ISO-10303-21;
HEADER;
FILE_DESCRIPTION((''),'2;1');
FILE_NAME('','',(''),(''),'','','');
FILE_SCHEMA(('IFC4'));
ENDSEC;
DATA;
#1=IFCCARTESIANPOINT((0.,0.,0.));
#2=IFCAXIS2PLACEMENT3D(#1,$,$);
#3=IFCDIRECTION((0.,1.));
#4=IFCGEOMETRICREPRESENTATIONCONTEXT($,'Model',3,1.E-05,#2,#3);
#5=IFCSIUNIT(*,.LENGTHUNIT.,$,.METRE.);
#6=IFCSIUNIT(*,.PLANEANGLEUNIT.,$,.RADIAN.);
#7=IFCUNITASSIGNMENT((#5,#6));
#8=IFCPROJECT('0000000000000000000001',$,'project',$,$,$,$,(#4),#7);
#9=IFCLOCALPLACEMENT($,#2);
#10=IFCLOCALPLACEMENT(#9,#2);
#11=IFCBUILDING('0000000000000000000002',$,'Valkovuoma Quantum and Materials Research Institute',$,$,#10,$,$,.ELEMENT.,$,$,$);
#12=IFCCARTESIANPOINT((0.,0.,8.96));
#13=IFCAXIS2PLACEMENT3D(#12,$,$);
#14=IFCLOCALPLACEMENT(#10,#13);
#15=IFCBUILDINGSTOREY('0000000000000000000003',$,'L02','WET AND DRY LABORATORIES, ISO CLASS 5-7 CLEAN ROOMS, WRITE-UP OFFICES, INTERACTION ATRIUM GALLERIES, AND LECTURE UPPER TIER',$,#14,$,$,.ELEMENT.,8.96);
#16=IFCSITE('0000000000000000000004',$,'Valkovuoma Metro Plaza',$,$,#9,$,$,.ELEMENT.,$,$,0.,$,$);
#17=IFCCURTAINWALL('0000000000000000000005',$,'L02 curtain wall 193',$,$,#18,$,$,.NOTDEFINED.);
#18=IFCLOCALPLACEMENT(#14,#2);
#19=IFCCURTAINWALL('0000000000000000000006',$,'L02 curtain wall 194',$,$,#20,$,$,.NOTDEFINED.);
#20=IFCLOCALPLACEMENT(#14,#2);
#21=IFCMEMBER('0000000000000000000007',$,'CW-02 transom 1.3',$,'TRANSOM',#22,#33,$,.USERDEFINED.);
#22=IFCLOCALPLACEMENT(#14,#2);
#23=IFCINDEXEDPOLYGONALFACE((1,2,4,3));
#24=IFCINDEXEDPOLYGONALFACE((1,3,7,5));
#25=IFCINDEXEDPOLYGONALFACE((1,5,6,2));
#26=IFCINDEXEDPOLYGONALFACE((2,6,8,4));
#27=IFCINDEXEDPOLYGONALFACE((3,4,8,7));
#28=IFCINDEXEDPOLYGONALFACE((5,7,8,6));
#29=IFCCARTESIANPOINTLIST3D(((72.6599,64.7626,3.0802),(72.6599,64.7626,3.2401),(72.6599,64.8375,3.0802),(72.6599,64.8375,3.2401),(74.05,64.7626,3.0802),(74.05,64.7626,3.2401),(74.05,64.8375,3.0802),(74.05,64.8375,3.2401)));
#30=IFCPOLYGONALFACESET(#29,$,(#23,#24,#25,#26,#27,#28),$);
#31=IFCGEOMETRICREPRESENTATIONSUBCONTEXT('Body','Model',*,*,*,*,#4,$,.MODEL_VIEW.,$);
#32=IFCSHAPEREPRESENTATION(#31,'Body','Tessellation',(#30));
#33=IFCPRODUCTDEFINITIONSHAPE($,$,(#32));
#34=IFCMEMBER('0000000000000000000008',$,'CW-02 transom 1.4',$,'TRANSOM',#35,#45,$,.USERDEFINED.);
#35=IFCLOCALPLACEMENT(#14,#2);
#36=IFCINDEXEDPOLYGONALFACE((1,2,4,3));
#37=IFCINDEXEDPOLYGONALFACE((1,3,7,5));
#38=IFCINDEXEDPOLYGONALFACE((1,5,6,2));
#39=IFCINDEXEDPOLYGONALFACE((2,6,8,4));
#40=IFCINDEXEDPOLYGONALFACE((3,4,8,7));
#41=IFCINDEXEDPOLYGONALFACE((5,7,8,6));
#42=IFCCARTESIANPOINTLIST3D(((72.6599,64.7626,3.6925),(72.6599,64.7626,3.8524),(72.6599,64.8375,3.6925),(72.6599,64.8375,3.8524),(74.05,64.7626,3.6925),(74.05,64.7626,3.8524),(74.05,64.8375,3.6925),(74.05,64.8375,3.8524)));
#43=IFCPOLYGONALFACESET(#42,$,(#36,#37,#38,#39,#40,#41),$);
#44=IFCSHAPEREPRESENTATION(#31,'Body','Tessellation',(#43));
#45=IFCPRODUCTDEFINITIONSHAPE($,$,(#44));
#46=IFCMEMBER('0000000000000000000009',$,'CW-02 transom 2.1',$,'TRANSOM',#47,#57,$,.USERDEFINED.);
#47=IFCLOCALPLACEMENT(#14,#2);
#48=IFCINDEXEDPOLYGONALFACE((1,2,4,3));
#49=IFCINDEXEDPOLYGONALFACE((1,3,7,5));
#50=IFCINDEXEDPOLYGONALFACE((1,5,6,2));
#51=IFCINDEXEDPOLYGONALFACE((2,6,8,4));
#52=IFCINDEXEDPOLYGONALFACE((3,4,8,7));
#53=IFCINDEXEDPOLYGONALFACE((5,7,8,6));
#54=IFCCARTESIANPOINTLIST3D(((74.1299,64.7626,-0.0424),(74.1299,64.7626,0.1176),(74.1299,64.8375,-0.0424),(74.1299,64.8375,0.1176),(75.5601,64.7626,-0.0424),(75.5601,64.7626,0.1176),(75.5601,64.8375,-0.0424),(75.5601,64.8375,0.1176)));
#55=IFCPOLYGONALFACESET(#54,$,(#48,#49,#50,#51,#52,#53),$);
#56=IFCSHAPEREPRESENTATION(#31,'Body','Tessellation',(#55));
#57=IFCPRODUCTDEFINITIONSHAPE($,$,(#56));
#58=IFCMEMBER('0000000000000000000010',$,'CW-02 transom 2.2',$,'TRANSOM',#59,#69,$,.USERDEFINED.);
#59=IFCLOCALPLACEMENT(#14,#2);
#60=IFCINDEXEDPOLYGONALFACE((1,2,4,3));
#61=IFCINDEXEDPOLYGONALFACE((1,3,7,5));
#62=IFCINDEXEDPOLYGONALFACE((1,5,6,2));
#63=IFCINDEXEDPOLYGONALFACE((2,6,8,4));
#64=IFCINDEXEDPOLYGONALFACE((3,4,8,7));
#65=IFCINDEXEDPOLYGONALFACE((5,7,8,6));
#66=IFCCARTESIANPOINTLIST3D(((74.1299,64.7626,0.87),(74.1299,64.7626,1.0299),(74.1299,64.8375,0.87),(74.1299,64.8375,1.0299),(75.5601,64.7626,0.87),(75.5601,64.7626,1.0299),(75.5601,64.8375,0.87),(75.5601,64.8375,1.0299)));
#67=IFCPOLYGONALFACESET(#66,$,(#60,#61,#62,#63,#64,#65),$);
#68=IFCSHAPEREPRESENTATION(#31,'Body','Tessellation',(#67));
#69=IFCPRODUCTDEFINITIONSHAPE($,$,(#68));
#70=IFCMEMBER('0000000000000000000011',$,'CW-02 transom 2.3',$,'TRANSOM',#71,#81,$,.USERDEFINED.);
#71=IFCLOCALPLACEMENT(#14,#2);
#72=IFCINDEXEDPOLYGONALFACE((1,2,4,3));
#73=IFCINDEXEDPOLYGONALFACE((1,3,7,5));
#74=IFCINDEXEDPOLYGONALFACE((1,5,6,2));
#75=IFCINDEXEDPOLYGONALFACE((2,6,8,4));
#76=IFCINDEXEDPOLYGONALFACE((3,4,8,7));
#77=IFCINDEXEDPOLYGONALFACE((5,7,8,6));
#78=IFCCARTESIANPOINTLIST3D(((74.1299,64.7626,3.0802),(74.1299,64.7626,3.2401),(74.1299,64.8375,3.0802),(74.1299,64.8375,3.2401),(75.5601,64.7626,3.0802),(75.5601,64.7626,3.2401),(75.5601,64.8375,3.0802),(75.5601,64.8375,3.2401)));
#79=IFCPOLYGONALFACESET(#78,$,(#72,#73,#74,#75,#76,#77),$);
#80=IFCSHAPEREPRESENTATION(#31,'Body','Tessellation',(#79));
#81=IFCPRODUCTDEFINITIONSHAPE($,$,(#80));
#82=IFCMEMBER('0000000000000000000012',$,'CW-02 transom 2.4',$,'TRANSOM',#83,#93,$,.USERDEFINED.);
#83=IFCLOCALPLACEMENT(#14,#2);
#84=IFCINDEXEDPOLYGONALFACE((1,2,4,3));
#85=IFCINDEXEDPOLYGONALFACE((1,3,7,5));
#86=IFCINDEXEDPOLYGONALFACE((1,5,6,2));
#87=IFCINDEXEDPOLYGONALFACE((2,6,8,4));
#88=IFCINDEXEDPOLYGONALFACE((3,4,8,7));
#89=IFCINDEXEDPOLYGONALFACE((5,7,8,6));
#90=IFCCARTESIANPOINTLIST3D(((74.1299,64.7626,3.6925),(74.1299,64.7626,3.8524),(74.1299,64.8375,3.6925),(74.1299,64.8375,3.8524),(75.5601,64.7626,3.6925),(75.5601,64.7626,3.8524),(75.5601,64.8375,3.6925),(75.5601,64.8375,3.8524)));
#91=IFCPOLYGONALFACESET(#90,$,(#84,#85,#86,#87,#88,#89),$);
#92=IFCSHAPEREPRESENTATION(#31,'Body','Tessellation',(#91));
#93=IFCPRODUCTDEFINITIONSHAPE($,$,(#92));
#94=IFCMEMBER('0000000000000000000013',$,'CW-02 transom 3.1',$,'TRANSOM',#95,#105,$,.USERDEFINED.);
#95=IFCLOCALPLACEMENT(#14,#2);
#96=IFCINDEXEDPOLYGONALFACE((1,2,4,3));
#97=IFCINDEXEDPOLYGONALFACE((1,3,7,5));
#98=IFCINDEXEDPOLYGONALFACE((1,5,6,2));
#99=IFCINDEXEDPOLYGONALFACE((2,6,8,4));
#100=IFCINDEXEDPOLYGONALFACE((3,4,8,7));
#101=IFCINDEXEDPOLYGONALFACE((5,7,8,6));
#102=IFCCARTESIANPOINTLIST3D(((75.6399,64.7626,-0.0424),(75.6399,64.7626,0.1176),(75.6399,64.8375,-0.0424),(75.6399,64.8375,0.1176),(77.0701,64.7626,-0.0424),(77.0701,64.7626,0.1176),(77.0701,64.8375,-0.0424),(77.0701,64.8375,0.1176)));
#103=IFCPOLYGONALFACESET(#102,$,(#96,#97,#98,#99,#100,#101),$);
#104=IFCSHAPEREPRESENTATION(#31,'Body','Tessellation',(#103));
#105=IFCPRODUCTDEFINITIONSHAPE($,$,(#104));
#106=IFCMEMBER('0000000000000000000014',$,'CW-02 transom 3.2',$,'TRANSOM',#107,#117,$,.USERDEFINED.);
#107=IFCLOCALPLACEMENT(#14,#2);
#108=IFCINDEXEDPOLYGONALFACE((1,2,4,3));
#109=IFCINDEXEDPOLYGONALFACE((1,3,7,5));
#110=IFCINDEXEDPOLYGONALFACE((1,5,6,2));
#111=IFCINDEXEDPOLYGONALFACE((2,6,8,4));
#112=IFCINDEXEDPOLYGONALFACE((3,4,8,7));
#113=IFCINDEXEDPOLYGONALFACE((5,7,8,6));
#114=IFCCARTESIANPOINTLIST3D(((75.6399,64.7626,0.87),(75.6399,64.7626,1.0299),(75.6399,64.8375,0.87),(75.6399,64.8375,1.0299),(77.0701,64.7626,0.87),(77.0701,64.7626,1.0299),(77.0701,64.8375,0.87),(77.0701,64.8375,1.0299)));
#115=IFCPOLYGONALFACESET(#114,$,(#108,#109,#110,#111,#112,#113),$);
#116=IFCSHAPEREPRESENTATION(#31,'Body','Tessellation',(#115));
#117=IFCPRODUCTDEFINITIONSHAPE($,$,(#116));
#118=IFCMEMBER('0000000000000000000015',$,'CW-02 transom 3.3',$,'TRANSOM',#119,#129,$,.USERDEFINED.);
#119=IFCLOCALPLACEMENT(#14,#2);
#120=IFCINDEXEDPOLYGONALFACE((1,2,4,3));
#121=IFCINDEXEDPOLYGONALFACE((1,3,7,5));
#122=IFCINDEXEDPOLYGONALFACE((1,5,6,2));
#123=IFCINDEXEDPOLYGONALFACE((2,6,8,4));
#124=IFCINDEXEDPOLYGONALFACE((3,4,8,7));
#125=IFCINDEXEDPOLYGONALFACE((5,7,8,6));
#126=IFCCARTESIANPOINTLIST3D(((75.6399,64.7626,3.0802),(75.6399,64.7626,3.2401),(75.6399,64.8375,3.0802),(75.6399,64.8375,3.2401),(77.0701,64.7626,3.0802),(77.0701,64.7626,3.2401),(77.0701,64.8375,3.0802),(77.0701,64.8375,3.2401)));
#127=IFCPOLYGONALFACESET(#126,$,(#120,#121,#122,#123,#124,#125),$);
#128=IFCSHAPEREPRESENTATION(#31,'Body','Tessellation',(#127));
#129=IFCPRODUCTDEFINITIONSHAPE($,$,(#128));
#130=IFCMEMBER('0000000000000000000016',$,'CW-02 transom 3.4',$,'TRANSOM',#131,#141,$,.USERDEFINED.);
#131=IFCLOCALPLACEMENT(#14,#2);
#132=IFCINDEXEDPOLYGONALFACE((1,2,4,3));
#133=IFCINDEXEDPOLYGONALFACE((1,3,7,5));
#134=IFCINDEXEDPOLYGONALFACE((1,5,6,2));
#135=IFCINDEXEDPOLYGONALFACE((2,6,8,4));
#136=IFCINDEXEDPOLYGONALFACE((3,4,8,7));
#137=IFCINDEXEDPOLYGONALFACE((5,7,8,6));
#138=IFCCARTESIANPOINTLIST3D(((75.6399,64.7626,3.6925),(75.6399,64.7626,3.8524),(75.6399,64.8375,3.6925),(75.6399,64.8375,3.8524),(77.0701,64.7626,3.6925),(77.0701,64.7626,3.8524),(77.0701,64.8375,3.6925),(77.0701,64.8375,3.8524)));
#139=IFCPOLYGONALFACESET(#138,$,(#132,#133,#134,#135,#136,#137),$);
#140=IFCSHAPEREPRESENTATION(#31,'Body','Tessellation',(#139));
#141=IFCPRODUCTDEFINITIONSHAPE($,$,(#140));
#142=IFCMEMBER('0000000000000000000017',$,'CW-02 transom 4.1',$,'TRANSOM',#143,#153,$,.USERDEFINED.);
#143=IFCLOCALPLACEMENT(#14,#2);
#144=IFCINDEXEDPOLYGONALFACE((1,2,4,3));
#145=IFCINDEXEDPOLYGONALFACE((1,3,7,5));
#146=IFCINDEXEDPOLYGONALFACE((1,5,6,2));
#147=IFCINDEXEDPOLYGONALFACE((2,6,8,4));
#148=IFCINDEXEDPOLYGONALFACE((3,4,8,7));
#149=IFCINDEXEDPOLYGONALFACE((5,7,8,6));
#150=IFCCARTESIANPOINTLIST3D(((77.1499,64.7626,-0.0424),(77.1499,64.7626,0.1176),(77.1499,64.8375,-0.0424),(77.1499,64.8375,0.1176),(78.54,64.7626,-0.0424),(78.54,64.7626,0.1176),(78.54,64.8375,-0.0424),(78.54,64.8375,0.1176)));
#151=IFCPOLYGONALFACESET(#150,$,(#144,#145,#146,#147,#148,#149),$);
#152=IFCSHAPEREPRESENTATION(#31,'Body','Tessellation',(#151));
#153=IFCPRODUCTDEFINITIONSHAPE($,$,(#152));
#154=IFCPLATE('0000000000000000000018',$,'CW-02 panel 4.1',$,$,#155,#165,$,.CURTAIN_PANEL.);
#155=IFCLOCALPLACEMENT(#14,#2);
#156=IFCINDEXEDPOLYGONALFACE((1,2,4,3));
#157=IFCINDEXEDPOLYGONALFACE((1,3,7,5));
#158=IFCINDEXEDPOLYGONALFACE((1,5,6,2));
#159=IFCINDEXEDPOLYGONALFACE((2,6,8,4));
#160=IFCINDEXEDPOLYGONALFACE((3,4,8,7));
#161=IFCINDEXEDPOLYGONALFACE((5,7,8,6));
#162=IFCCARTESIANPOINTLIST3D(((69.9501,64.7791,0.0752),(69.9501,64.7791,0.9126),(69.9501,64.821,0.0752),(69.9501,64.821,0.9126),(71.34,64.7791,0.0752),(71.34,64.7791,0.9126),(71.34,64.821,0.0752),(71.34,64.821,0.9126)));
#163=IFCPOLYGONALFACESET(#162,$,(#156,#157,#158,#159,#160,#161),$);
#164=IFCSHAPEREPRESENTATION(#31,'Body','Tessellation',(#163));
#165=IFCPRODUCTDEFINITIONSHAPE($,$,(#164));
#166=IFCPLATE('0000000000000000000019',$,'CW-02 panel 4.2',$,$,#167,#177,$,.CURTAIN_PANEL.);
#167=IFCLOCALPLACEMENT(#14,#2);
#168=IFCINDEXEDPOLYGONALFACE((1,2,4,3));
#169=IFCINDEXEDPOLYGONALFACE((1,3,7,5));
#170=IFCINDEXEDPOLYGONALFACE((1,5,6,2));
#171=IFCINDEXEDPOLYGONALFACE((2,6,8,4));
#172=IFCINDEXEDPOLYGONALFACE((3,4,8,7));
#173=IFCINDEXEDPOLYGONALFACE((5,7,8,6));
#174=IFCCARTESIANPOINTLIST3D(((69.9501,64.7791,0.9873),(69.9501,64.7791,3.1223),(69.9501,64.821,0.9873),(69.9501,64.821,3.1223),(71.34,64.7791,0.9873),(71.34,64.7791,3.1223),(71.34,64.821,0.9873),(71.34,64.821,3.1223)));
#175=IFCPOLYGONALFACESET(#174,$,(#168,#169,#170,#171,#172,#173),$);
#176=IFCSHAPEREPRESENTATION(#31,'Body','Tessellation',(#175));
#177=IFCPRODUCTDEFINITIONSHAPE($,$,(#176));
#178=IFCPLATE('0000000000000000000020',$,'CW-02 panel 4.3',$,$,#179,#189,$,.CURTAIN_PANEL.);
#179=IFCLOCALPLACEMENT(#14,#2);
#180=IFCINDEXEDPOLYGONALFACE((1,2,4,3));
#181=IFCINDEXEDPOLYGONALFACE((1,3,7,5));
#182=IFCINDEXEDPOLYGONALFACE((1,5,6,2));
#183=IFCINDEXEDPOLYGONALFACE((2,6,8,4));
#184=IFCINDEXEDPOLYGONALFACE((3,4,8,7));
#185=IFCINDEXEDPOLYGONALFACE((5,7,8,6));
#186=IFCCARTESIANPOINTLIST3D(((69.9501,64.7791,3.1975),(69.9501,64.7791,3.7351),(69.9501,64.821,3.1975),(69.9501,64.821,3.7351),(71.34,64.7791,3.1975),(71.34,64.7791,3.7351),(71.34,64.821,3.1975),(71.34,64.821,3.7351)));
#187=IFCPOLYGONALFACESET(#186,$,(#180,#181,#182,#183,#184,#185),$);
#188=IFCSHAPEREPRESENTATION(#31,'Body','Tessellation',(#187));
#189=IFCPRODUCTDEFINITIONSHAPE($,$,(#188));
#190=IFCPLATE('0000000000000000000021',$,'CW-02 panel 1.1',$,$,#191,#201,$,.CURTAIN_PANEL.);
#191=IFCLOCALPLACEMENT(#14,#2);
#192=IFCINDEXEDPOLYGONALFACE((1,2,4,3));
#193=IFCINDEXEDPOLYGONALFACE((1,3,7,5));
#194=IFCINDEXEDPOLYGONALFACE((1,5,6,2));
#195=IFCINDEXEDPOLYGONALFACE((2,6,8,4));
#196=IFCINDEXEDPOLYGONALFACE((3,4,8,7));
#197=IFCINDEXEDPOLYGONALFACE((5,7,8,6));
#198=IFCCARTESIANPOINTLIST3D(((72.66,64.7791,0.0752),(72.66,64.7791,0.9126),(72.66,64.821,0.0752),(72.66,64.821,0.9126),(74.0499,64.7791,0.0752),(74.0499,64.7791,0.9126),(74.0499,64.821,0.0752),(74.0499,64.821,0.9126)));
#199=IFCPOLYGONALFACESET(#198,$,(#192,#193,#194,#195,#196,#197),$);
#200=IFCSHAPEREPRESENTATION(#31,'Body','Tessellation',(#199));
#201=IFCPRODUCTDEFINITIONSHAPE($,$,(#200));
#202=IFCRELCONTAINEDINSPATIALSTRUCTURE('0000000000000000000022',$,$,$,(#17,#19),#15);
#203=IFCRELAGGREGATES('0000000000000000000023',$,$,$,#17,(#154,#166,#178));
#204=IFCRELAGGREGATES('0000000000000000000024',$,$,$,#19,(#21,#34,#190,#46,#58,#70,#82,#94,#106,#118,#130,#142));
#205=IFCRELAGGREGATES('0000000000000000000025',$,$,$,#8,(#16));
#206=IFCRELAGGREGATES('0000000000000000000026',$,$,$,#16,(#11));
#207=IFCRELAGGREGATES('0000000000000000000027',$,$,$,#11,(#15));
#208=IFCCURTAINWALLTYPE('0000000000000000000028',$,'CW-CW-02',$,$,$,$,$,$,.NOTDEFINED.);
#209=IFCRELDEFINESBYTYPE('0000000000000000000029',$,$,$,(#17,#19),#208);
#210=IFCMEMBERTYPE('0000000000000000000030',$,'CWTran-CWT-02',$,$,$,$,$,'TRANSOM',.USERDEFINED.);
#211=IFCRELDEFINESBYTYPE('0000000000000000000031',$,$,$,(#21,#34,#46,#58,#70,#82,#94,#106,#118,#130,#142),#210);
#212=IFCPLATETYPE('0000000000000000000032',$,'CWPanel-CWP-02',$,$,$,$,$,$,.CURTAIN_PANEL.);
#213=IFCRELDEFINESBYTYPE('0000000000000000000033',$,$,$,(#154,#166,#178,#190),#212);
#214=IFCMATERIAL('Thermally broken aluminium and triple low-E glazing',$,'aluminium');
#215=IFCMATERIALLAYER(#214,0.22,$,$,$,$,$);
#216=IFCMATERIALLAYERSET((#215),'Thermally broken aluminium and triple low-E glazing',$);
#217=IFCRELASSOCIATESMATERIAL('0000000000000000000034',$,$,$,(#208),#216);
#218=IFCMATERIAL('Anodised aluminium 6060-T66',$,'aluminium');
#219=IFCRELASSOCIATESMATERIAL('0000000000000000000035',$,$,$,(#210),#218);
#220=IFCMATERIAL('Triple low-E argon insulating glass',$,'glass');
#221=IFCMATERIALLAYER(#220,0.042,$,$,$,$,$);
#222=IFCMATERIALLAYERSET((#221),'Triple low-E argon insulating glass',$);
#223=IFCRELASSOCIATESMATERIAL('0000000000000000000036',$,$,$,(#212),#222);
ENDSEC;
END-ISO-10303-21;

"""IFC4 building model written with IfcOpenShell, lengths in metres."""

from ifc_helpers import new_model, si_unit, direction, frame, origin, origin_2d, place, context, subcontext, project, spatial, rectangle, extrude, material, layer, layer_set, material_profile, profile_set, type_object, element, aggregate, save


model = new_model("IFC4")

# Units and contexts
model_context = context("Model", 3, precision=1e-05, world=origin(), true_north=direction((0.0, 1.0)))
body_context = subcontext(model_context, "Body", "Model", "MODEL_VIEW")
ifc_project = project(units=[si_unit("LENGTHUNIT", "METRE"), si_unit("PLANEANGLEUNIT", "RADIAN")], contexts=[model_context])

# Site, building, storey
site_placement = place(None, origin())
site = spatial("IfcSite", under=ifc_project, at=site_placement, Name="Valkovuoma Metro Plaza", CompositionType="ELEMENT", RefElevation=0.0)
building_placement = place(site_placement, origin())
building = spatial("IfcBuilding", under=site, at=building_placement, Name="Valkovuoma Quantum and Materials Research Institute", CompositionType="ELEMENT")
storey_placement = place(building_placement, frame((0.0, 0.0, 8.96)))
storey = spatial("IfcBuildingStorey", under=building, at=storey_placement, Name="L02", Description="WET AND DRY LABORATORIES, ISO CLASS 5-7 CLEAN ROOMS, WRITE-UP OFFICES, INTERACTION ATRIUM GALLERIES, AND LECTURE UPPER TIER", CompositionType="ELEMENT", Elevation=8.96)

# Curtain wall
ifc_material_1 = material(Name="Thermally broken aluminium and triple low-E glazing", Category="aluminium")
ifc_layer_1 = layer(ifc_material_1, 0.22)
ifc_layer_set_1 = layer_set([ifc_layer_1], Name="Thermally broken aluminium and triple low-E glazing")
curtain_wall_type = type_object("IfcCurtainWallType", Name="CW-CW-02", PredefinedType="NOTDEFINED", material=ifc_layer_set_1)
curtain_wall_1_placement = place(storey_placement, origin())
curtain_wall_1 = element("IfcCurtainWall", 1, at=curtain_wall_1_placement, inside=storey, type_object=curtain_wall_type, Name="L02 curtain wall 193", PredefinedType="NOTDEFINED")

# Curtain wall
curtain_wall_2_placement = place(storey_placement, origin())
curtain_wall_2 = element("IfcCurtainWall", 2, at=curtain_wall_2_placement, inside=storey, type_object=curtain_wall_type, Name="L02 curtain wall 194", PredefinedType="NOTDEFINED")

# Members
ifc_material_2 = material(Name="Anodised aluminium 6060-T66", Category="aluminium")
ifc_material_profile_1 = material_profile(ifc_material_2, rectangle(XDim=0.075, YDim=0.1599, at=origin_2d()), Name="Anodised aluminium 6060-T66")
ifc_profile_set_1 = profile_set([ifc_material_profile_1], Name="Anodised aluminium 6060-T66")
member_type_1 = type_object("IfcMemberType", Name="CWTran-CWT-02", ElementType="TRANSOM", PredefinedType="USERDEFINED", material=ifc_profile_set_1)
member_1_placement = place(storey_placement, frame((72.6599, 64.8, 3.1602), z_axis=(1.0, 0.0, 0.0), x_axis=(0.0, 1.0, 0.0)))
member_1 = element("IfcMember", 3, at=member_1_placement, type_object=member_type_1, Name="CW-02 transom 1.3", ObjectType="TRANSOM", PredefinedType="USERDEFINED", context=body_context, shape_type="SweptSolid", body=[
    extrude(rectangle(XDim=0.075, YDim=0.1599, at=origin_2d()), origin(), (0.0, 0.0, 1.0), 1.3901),
])
member_2_placement = place(storey_placement, frame((72.6599, 64.8, 3.7725), z_axis=(1.0, 0.0, 0.0), x_axis=(0.0, 1.0, 0.0)))
member_2 = element("IfcMember", 4, at=member_2_placement, type_object=member_type_1, Name="CW-02 transom 1.4", ObjectType="TRANSOM", PredefinedType="USERDEFINED", context=body_context, shape_type="SweptSolid", body=[
    extrude(rectangle(XDim=0.075, YDim=0.1599, at=origin_2d()), origin(), (0.0, 0.0, 1.0), 1.3901),
])
member_3_placement = place(storey_placement, frame((74.1299, 64.8, 0.0376), z_axis=(1.0, 0.0, 0.0), x_axis=(0.0, 1.0, 0.0)))
member_3 = element("IfcMember", 5, at=member_3_placement, type_object=member_type_1, Name="CW-02 transom 2.1", ObjectType="TRANSOM", PredefinedType="USERDEFINED", context=body_context, shape_type="SweptSolid", body=[
    extrude(rectangle(XDim=0.075, YDim=0.1599, at=origin_2d()), origin(), (0.0, 0.0, 1.0), 1.4302),
])
member_4_placement = place(storey_placement, frame((74.1299, 64.8, 0.95), z_axis=(1.0, 0.0, 0.0), x_axis=(0.0, 1.0, 0.0)))
member_4 = element("IfcMember", 6, at=member_4_placement, type_object=member_type_1, Name="CW-02 transom 2.2", ObjectType="TRANSOM", PredefinedType="USERDEFINED", context=body_context, shape_type="SweptSolid", body=[
    extrude(rectangle(XDim=0.075, YDim=0.1599, at=origin_2d()), origin(), (0.0, 0.0, 1.0), 1.4302),
])
member_5_placement = place(storey_placement, frame((74.1299, 64.8, 3.1602), z_axis=(1.0, 0.0, 0.0), x_axis=(0.0, 1.0, 0.0)))
member_5 = element("IfcMember", 7, at=member_5_placement, type_object=member_type_1, Name="CW-02 transom 2.3", ObjectType="TRANSOM", PredefinedType="USERDEFINED", context=body_context, shape_type="SweptSolid", body=[
    extrude(rectangle(XDim=0.075, YDim=0.1599, at=origin_2d()), origin(), (0.0, 0.0, 1.0), 1.4302),
])
member_6_placement = place(storey_placement, frame((74.1299, 64.8, 3.7725), z_axis=(1.0, 0.0, 0.0), x_axis=(0.0, 1.0, 0.0)))
member_6 = element("IfcMember", 8, at=member_6_placement, type_object=member_type_1, Name="CW-02 transom 2.4", ObjectType="TRANSOM", PredefinedType="USERDEFINED", context=body_context, shape_type="SweptSolid", body=[
    extrude(rectangle(XDim=0.075, YDim=0.1599, at=origin_2d()), origin(), (0.0, 0.0, 1.0), 1.4302),
])
member_7_placement = place(storey_placement, frame((75.6399, 64.8, 0.0376), z_axis=(1.0, 0.0, 0.0), x_axis=(0.0, 1.0, 0.0)))
member_7 = element("IfcMember", 9, at=member_7_placement, type_object=member_type_1, Name="CW-02 transom 3.1", ObjectType="TRANSOM", PredefinedType="USERDEFINED", context=body_context, shape_type="SweptSolid", body=[
    extrude(rectangle(XDim=0.075, YDim=0.1599, at=origin_2d()), origin(), (0.0, 0.0, 1.0), 1.4302),
])
member_8_placement = place(storey_placement, frame((75.6399, 64.8, 0.95), z_axis=(1.0, 0.0, 0.0), x_axis=(0.0, 1.0, 0.0)))
member_8 = element("IfcMember", 10, at=member_8_placement, type_object=member_type_1, Name="CW-02 transom 3.2", ObjectType="TRANSOM", PredefinedType="USERDEFINED", context=body_context, shape_type="SweptSolid", body=[
    extrude(rectangle(XDim=0.075, YDim=0.1599, at=origin_2d()), origin(), (0.0, 0.0, 1.0), 1.4302),
])
member_9_placement = place(storey_placement, frame((75.6399, 64.8, 3.1602), z_axis=(1.0, 0.0, 0.0), x_axis=(0.0, 1.0, 0.0)))
member_9 = element("IfcMember", 11, at=member_9_placement, type_object=member_type_1, Name="CW-02 transom 3.3", ObjectType="TRANSOM", PredefinedType="USERDEFINED", context=body_context, shape_type="SweptSolid", body=[
    extrude(rectangle(XDim=0.075, YDim=0.1599, at=origin_2d()), origin(), (0.0, 0.0, 1.0), 1.4302),
])
member_10_placement = place(storey_placement, frame((75.6399, 64.8, 3.7725), z_axis=(1.0, 0.0, 0.0), x_axis=(0.0, 1.0, 0.0)))
member_10 = element("IfcMember", 12, at=member_10_placement, type_object=member_type_1, Name="CW-02 transom 3.4", ObjectType="TRANSOM", PredefinedType="USERDEFINED", context=body_context, shape_type="SweptSolid", body=[
    extrude(rectangle(XDim=0.075, YDim=0.1599, at=origin_2d()), origin(), (0.0, 0.0, 1.0), 1.4302),
])
member_11_placement = place(storey_placement, frame((77.1499, 64.8, 0.0376), z_axis=(1.0, 0.0, 0.0), x_axis=(0.0, 1.0, 0.0)))
member_11 = element("IfcMember", 13, at=member_11_placement, type_object=member_type_1, Name="CW-02 transom 4.1", ObjectType="TRANSOM", PredefinedType="USERDEFINED", context=body_context, shape_type="SweptSolid", body=[
    extrude(rectangle(XDim=0.075, YDim=0.1599, at=origin_2d()), origin(), (0.0, 0.0, 1.0), 1.3901),
])

# Plates
ifc_material_3 = material(Name="Triple low-E argon insulating glass", Category="glass")
ifc_layer_2 = layer(ifc_material_3, 0.042)
ifc_layer_set_2 = layer_set([ifc_layer_2], Name="Triple low-E argon insulating glass")
plate_type = type_object("IfcPlateType", Name="CWPanel-CWP-02", PredefinedType="CURTAIN_PANEL", material=ifc_layer_set_2)
plate_1_placement = place(storey_placement, frame((70.645, 64.8, 0.0752), z_axis=(0.0, 0.0, 1.0), x_axis=(1.0, 0.0, 0.0)))
plate_1 = element("IfcPlate", 14, at=plate_1_placement, type_object=plate_type, Name="CW-02 panel 4.1", PredefinedType="CURTAIN_PANEL", context=body_context, shape_type="SweptSolid", body=[
    extrude(rectangle(XDim=1.3899, YDim=0.042, at=origin_2d()), origin(), (0.0, 0.0, 1.0), 0.8374),
])
plate_2_placement = place(storey_placement, frame((70.645, 64.8, 0.9873), z_axis=(0.0, 0.0, 1.0), x_axis=(1.0, 0.0, 0.0)))
plate_2 = element("IfcPlate", 15, at=plate_2_placement, type_object=plate_type, Name="CW-02 panel 4.2", PredefinedType="CURTAIN_PANEL", context=body_context, shape_type="SweptSolid", body=[
    extrude(rectangle(XDim=1.3899, YDim=0.042, at=origin_2d()), origin(), (0.0, 0.0, 1.0), 2.135),
])
plate_3_placement = place(storey_placement, frame((70.645, 64.8, 3.1975), z_axis=(0.0, 0.0, 1.0), x_axis=(1.0, 0.0, 0.0)))
plate_3 = element("IfcPlate", 16, at=plate_3_placement, type_object=plate_type, Name="CW-02 panel 4.3", PredefinedType="CURTAIN_PANEL", context=body_context, shape_type="SweptSolid", body=[
    extrude(rectangle(XDim=1.3899, YDim=0.042, at=origin_2d()), origin(), (0.0, 0.0, 1.0), 0.5376),
])
aggregate(curtain_wall_1, [plate_1, plate_2, plate_3])
plate_4_placement = place(storey_placement, frame((73.355, 64.8, 0.0752), z_axis=(0.0, 0.0, 1.0), x_axis=(1.0, 0.0, 0.0)))
plate_4 = element("IfcPlate", 17, at=plate_4_placement, type_object=plate_type, Name="CW-02 panel 1.1", PredefinedType="CURTAIN_PANEL", context=body_context, shape_type="SweptSolid", body=[
    extrude(rectangle(XDim=1.3899, YDim=0.042, at=origin_2d()), origin(), (0.0, 0.0, 1.0), 0.8374),
])
aggregate(curtain_wall_2, [member_1, member_2, plate_4, member_3, member_4, member_5, member_6, member_7, member_8, member_9, member_10, member_11])

save(model, "model.ifc")
